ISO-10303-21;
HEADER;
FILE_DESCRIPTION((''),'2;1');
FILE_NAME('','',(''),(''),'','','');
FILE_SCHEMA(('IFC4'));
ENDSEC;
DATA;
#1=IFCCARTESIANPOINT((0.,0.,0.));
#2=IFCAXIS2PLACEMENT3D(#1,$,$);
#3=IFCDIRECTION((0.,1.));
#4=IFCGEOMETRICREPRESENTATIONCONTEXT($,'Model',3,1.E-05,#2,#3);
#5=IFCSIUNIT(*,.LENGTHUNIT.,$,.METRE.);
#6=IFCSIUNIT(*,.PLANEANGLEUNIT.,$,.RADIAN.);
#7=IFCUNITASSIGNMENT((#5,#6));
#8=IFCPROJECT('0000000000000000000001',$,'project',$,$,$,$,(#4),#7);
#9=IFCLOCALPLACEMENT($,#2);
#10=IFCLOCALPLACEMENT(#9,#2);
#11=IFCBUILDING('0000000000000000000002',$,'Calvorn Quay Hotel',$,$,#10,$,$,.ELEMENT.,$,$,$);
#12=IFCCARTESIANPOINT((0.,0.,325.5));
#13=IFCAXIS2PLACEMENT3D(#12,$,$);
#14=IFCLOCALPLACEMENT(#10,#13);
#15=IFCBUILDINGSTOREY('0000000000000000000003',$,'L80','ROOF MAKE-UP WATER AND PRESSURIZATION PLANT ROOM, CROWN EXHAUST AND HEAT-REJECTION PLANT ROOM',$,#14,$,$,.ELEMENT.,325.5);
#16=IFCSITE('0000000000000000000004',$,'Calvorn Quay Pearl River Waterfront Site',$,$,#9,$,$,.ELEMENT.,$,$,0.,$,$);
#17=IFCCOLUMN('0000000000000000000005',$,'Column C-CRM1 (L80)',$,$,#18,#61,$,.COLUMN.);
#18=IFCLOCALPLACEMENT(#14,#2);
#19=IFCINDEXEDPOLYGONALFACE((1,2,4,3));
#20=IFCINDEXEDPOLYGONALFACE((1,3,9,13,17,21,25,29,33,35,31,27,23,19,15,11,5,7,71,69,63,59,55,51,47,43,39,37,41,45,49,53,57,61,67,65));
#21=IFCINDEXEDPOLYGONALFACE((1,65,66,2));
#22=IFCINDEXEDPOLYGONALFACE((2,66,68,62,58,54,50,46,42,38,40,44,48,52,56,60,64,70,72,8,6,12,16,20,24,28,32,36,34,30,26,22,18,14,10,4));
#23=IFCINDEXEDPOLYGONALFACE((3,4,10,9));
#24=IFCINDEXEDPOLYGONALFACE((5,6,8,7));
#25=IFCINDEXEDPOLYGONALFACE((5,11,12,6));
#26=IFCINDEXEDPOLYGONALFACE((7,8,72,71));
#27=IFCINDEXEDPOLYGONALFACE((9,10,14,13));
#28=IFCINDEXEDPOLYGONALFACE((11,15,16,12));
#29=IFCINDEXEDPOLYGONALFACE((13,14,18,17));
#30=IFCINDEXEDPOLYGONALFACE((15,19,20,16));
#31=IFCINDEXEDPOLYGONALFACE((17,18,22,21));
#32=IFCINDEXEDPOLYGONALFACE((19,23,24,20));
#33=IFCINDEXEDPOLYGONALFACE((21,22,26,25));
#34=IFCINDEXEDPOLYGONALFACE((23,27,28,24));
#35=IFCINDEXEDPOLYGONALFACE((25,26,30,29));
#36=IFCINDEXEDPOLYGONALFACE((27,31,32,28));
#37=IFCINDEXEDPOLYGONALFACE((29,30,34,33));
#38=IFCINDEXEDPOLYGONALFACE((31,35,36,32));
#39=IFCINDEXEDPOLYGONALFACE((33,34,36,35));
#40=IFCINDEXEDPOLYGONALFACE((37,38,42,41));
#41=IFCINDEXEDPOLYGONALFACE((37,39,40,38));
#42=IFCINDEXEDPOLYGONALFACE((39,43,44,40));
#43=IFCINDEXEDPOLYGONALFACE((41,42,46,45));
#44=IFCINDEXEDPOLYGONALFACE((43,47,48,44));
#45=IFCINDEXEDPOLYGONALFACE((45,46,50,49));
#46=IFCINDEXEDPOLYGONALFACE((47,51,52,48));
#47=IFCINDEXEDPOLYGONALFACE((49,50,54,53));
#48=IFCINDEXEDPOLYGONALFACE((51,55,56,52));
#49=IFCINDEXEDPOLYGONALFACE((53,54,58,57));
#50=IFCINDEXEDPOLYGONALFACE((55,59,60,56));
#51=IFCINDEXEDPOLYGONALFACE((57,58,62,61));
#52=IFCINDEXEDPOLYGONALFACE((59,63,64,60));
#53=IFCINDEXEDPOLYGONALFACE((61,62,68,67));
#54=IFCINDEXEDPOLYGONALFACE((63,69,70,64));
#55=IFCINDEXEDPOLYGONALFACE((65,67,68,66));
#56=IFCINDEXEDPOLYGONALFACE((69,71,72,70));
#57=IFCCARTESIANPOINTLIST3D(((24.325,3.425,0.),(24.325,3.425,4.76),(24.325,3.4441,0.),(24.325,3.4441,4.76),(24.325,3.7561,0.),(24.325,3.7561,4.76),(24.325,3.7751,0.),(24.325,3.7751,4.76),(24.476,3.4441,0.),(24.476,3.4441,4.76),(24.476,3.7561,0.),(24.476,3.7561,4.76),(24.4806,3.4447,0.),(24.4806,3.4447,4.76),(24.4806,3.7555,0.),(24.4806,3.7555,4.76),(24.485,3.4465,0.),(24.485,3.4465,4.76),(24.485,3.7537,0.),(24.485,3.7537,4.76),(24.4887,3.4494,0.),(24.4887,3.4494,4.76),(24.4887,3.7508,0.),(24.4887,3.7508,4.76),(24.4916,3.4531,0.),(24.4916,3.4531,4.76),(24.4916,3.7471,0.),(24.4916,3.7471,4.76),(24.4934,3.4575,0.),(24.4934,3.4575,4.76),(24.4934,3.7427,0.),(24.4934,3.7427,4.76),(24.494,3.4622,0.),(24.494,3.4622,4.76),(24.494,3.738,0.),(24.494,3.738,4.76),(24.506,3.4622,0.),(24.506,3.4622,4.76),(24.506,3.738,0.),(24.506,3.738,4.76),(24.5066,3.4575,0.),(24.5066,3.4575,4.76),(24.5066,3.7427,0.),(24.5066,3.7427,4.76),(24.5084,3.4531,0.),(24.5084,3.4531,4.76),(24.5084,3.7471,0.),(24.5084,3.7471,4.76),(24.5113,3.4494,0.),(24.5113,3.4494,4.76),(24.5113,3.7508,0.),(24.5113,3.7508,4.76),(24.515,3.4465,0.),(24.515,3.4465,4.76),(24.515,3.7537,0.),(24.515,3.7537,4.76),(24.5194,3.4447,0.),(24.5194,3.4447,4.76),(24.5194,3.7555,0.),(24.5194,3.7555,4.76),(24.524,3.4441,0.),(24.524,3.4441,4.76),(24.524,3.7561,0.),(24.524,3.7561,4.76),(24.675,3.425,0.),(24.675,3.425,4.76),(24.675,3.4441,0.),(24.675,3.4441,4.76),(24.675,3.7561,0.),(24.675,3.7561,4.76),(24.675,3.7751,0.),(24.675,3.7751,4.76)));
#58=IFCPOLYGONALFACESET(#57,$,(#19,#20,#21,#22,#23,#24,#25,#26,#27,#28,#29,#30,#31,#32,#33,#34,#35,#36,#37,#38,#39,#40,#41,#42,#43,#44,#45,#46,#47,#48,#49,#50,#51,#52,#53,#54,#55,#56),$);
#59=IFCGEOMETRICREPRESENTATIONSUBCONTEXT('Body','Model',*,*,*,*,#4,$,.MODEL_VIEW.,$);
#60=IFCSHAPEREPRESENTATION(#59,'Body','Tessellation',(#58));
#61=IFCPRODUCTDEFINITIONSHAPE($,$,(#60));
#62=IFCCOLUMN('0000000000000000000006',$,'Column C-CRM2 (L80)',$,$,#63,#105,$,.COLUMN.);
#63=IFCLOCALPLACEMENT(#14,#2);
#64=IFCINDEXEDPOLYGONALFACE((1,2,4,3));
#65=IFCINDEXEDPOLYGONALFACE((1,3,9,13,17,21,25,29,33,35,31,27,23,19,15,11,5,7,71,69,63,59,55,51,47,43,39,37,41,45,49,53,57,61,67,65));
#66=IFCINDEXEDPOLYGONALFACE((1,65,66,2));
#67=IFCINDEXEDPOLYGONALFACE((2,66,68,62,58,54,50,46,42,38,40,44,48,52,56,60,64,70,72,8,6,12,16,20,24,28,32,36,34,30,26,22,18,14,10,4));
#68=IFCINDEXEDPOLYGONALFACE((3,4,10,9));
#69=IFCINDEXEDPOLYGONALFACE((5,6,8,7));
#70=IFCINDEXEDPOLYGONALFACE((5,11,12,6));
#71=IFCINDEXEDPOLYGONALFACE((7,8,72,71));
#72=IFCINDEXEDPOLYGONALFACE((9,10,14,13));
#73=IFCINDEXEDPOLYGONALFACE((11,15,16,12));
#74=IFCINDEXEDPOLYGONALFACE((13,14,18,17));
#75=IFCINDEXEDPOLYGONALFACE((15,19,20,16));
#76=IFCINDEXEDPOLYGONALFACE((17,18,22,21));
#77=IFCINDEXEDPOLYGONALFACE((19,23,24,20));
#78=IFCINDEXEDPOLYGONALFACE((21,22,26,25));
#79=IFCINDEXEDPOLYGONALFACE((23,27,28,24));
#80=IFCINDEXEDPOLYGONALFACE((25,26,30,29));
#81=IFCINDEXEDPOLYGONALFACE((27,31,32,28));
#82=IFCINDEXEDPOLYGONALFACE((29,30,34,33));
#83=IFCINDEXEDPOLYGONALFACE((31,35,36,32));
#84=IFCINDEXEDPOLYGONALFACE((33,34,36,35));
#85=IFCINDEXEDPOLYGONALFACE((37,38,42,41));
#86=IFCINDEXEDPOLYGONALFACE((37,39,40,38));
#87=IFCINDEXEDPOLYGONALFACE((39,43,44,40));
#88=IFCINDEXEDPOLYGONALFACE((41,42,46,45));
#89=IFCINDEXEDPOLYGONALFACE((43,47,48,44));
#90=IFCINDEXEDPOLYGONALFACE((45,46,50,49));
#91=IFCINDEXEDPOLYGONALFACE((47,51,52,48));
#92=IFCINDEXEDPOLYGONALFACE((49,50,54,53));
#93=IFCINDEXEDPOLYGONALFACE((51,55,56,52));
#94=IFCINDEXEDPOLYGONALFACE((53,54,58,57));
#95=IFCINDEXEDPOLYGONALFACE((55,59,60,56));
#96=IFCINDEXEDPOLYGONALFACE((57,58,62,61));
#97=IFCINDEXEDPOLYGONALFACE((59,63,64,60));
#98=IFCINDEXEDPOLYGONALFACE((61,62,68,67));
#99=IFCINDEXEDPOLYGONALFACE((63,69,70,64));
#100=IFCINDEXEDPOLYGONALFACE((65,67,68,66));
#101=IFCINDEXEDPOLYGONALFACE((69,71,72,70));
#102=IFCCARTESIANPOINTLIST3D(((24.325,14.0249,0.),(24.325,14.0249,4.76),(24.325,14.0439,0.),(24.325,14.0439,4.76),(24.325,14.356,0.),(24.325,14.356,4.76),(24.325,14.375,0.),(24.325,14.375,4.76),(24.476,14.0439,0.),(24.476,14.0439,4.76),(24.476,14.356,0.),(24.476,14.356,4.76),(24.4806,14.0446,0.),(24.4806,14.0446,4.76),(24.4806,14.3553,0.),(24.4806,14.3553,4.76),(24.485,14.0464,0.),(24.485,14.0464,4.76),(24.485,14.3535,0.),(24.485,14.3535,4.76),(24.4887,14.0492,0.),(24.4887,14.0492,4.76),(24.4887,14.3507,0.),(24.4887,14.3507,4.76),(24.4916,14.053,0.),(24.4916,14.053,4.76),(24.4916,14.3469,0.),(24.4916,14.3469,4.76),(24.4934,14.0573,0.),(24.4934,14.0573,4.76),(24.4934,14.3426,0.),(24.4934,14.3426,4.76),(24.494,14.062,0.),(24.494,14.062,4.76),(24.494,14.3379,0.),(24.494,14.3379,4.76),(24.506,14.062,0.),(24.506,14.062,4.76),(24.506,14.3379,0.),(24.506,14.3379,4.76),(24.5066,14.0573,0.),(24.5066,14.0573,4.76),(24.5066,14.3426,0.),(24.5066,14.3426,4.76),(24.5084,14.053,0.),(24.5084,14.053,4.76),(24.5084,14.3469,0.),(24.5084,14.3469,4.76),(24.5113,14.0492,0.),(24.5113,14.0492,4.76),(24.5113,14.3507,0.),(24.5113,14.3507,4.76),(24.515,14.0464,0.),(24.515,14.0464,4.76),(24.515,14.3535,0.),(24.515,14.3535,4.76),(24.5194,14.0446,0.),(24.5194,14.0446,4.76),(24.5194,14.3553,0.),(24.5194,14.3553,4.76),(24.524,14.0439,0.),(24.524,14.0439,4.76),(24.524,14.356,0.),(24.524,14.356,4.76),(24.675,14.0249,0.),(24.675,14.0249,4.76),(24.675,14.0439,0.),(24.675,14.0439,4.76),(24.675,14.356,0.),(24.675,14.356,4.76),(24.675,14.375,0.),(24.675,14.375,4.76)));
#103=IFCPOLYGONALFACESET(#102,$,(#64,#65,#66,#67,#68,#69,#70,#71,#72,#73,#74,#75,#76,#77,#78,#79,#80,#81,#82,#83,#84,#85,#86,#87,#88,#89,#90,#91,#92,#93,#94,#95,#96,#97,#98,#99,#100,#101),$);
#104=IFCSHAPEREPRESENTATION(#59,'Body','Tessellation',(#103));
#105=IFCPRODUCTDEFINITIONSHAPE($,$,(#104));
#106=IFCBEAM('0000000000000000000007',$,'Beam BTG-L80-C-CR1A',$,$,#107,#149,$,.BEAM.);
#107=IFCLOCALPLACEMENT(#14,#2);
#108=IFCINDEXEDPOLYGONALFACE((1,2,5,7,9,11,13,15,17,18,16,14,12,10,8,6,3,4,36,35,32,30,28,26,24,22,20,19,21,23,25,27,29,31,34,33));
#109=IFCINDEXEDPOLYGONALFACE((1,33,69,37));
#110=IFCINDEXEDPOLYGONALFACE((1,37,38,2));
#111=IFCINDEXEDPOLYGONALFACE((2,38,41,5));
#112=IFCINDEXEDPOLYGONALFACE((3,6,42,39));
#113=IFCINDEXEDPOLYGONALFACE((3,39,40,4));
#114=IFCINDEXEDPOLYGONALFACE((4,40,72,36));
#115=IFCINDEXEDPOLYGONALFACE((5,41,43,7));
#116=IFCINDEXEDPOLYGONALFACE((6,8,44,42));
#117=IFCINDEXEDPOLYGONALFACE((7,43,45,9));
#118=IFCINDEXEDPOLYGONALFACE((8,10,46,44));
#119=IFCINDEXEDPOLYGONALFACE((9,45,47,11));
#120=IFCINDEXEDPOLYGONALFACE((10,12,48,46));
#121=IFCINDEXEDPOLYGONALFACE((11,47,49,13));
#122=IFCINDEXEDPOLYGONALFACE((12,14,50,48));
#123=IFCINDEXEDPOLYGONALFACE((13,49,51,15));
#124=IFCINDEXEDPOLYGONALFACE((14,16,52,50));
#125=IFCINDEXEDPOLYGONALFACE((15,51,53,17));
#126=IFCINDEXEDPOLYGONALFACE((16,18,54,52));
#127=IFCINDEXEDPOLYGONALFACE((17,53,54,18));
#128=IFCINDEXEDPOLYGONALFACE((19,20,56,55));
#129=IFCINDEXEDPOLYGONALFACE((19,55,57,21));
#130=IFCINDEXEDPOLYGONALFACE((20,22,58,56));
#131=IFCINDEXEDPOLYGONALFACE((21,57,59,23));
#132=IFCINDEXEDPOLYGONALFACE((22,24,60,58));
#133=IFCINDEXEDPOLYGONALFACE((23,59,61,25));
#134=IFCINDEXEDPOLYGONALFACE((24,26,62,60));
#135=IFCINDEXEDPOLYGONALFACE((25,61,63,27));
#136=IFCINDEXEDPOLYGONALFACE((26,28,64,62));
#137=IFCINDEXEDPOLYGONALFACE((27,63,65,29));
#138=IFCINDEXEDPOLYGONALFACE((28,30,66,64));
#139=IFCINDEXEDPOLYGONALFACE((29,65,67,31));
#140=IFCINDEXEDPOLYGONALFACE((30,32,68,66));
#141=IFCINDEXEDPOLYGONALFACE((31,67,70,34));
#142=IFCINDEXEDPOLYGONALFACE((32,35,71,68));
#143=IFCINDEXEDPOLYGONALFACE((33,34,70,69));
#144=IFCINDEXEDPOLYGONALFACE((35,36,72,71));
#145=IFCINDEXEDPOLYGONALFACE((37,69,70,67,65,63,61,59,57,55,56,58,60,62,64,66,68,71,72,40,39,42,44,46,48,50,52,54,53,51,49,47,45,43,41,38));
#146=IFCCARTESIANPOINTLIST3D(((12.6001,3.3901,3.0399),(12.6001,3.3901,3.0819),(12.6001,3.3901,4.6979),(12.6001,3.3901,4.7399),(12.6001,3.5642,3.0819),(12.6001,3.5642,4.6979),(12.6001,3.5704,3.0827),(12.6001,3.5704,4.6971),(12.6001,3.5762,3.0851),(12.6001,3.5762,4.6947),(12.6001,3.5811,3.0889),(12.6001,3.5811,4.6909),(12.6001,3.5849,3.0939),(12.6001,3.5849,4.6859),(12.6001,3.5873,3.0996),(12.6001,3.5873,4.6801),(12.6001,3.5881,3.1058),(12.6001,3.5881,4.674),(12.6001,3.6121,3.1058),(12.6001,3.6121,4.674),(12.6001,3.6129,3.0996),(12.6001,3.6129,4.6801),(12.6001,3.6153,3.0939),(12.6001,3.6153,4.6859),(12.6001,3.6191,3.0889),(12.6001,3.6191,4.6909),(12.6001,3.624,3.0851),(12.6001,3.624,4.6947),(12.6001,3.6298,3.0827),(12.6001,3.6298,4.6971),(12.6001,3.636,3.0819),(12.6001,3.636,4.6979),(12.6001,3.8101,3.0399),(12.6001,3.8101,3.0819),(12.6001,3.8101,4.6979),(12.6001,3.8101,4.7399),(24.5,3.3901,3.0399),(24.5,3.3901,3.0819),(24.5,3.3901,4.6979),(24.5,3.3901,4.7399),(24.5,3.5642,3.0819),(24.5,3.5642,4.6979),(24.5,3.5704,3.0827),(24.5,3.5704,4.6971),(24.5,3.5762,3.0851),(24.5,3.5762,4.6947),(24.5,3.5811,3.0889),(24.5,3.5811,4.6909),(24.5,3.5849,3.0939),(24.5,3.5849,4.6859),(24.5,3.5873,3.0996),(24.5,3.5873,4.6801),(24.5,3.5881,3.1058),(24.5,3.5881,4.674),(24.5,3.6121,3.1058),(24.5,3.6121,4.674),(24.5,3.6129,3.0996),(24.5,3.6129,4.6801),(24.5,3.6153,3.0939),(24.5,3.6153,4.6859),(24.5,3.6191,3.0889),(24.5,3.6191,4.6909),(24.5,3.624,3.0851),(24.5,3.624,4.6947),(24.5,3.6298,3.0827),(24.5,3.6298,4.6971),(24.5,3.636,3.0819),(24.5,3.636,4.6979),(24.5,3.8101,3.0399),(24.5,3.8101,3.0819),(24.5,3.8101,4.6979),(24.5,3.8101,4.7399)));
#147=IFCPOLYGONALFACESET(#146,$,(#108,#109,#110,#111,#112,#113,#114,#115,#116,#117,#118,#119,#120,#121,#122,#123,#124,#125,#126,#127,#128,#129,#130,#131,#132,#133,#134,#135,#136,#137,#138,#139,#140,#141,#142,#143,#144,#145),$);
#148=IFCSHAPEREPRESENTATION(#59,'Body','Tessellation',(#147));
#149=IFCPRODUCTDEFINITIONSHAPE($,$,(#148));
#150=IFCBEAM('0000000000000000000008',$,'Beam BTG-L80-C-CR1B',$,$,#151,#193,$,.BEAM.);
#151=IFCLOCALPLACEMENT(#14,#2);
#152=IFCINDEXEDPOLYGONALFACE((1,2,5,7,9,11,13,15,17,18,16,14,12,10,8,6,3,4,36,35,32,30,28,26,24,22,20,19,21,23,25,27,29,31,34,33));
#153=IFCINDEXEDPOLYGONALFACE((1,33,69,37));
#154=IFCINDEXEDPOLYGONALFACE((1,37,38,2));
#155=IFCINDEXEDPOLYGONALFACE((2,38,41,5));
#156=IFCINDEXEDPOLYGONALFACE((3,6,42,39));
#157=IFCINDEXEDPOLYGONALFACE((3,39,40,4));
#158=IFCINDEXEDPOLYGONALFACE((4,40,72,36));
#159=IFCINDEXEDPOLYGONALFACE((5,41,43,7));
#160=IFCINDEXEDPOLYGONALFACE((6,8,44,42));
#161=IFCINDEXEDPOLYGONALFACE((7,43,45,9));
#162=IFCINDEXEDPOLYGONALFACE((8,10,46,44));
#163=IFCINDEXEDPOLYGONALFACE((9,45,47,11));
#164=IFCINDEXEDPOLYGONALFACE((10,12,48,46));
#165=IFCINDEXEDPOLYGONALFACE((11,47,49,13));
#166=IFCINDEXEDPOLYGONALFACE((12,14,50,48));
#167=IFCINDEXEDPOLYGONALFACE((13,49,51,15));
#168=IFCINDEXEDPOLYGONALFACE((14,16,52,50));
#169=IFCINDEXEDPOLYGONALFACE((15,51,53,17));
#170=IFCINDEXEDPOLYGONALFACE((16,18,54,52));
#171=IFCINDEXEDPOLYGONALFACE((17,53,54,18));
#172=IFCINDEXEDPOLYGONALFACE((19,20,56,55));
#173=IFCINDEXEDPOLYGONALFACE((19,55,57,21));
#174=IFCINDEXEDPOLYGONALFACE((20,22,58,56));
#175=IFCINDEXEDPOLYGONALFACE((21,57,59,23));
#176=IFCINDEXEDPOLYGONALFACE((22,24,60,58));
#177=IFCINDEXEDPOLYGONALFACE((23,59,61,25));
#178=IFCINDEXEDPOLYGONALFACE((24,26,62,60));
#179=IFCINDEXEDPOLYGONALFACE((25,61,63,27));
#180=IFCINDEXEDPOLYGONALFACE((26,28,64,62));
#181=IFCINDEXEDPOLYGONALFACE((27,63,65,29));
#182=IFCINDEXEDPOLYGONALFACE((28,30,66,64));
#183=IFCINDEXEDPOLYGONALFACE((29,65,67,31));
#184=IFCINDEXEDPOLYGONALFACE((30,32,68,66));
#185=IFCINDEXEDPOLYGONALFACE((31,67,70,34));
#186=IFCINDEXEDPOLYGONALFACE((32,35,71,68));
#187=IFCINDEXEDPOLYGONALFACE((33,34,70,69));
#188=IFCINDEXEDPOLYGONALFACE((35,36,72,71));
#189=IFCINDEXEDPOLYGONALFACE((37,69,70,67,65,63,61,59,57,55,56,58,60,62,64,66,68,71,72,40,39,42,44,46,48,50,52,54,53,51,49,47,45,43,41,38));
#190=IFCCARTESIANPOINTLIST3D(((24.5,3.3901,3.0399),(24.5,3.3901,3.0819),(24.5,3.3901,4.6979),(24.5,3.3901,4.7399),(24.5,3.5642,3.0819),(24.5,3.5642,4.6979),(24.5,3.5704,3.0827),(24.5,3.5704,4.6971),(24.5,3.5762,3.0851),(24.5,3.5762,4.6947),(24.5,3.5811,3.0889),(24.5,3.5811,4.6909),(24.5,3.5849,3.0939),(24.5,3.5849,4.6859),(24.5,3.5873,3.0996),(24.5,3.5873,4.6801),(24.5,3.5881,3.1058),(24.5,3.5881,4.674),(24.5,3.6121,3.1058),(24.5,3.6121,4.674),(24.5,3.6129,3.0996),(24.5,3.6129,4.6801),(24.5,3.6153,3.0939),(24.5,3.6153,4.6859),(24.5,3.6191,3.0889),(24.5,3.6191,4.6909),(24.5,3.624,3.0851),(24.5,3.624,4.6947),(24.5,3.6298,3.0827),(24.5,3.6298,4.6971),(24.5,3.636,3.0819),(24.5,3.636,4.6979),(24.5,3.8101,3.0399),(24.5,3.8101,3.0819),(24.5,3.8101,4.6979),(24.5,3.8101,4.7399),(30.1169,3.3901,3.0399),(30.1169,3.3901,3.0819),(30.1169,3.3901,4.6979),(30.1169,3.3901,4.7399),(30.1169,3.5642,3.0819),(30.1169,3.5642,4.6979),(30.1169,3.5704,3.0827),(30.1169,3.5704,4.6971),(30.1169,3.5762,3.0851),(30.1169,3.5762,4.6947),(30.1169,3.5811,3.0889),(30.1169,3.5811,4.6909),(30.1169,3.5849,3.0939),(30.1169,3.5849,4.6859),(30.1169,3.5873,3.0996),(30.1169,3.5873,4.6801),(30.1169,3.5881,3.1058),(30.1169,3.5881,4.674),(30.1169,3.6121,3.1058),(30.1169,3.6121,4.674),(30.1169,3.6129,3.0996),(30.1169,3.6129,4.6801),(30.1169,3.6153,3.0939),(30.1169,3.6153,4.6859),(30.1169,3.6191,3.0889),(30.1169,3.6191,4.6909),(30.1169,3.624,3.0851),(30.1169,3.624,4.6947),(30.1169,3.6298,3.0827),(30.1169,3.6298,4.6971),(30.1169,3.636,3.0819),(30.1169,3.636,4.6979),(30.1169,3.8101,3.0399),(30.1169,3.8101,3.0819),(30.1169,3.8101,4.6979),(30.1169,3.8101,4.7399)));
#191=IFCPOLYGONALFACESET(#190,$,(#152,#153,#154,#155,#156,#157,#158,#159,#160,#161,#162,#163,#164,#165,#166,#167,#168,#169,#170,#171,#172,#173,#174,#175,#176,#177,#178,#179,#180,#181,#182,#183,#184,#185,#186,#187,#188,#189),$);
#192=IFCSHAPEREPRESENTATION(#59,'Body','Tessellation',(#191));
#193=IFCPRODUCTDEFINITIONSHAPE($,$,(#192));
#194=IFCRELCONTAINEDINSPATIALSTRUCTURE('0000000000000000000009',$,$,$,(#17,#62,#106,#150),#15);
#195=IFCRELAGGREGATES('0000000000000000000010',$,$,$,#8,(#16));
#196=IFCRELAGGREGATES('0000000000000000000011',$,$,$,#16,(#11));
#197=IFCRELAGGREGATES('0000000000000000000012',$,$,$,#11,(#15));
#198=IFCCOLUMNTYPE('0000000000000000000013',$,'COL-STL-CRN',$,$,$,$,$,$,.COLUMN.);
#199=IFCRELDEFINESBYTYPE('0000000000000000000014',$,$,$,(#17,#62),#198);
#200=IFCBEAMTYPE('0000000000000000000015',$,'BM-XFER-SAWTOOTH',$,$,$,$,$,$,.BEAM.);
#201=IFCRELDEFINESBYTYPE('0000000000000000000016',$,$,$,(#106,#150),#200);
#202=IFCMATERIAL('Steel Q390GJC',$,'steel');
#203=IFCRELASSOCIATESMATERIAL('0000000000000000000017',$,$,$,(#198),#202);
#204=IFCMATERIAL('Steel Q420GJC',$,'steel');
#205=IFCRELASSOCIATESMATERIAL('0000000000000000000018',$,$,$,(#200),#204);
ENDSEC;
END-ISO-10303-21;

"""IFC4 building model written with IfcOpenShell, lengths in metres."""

from ifc_helpers import new_model, si_unit, direction, frame, origin, origin_2d, place, context, subcontext, project, spatial, i_section, extrude, material, material_profile, profile_set, type_object, element, save


model = new_model("IFC4")

# Units and contexts
model_context = context("Model", 3, precision=1e-05, world=origin(), true_north=direction((0.0, 1.0)))
body_context = subcontext(model_context, "Body", "Model", "MODEL_VIEW")
ifc_project = project(units=[si_unit("LENGTHUNIT", "METRE"), si_unit("PLANEANGLEUNIT", "RADIAN")], contexts=[model_context])

# Site, building, storey
site_placement = place(None, origin())
site = spatial("IfcSite", under=ifc_project, at=site_placement, Name="Calvorn Quay Pearl River Waterfront Site", CompositionType="ELEMENT", RefElevation=0.0)
building_placement = place(site_placement, origin())
building = spatial("IfcBuilding", under=site, at=building_placement, Name="Calvorn Quay Hotel", CompositionType="ELEMENT")
storey_placement = place(building_placement, frame((0.0, 0.0, 325.5)))
storey = spatial("IfcBuildingStorey", under=building, at=storey_placement, Name="L80", Description="ROOF MAKE-UP WATER AND PRESSURIZATION PLANT ROOM, CROWN EXHAUST AND HEAT-REJECTION PLANT ROOM", CompositionType="ELEMENT", Elevation=325.5)

# Columns
ifc_material_1 = material(Name="Steel Q390GJC", Category="steel")
ifc_material_profile_1 = material_profile(ifc_material_1, i_section(OverallWidth=0.3501, OverallDepth=0.3501, WebThickness=0.012, FlangeThickness=0.019, FilletRadius=0.0181, at=origin_2d()), Name="HW350x350x12x19")
ifc_profile_set_1 = profile_set([ifc_material_profile_1], Name="Steel Q390GJC")
column_type = type_object("IfcColumnType", Name="COL-STL-CRN", PredefinedType="COLUMN", material=ifc_profile_set_1)
for number, where, z_axis, x_axis, name in (
    (1, (24.5, 3.6001, 0.0), (0.0, 0.0, 1.0), (1.0, 0.0, 0.0), "Column C-CRM1 (L80)"),
    (2, (24.5, 14.2, 0.0), (0.0, 0.0, 1.0), (1.0, 0.0, 0.0), "Column C-CRM2 (L80)"),
):
    element("IfcColumn", number, at=place(storey_placement, frame(where, z_axis=z_axis, x_axis=x_axis)), inside=storey, type_object=column_type, Name=name, PredefinedType="COLUMN", context=body_context, shape_type="SweptSolid", body=[
        extrude(i_section(OverallWidth=0.3501, OverallDepth=0.3501, WebThickness=0.012, FlangeThickness=0.019, FilletRadius=0.0181, at=origin_2d()), origin(), (0.0, 0.0, 1.0), 4.76),
    ])

# Beams
ifc_material_2 = material(Name="Steel Q420GJC", Category="steel")
ifc_material_profile_2 = material_profile(ifc_material_2, i_section(OverallWidth=0.4199, OverallDepth=1.7, WebThickness=0.0239, FlangeThickness=0.042, FilletRadius=0.0239, at=origin_2d()), Name="HN1700x420x24x42")
ifc_profile_set_2 = profile_set([ifc_material_profile_2], Name="Steel Q420GJC")
beam_type = type_object("IfcBeamType", Name="BM-XFER-SAWTOOTH", PredefinedType="BEAM", material=ifc_profile_set_2)
beam_1_placement = place(storey_placement, frame((12.6001, 3.6001, 3.8899), z_axis=(1.0, 0.0, 0.0), x_axis=(0.0, 1.0, 0.0)))
element("IfcBeam", 3, at=beam_1_placement, inside=storey, type_object=beam_type, Name="Beam BTG-L80-C-CR1A", PredefinedType="BEAM", context=body_context, shape_type="SweptSolid", body=[
    extrude(i_section(OverallWidth=0.4199, OverallDepth=1.7, WebThickness=0.0239, FlangeThickness=0.042, FilletRadius=0.0239, at=origin_2d()), origin(), (0.0, 0.0, 1.0), 11.8999),
])
beam_2_placement = place(storey_placement, frame((24.5, 3.6001, 3.8899), z_axis=(1.0, 0.0, 0.0), x_axis=(0.0, 1.0, 0.0)))
element("IfcBeam", 4, at=beam_2_placement, inside=storey, type_object=beam_type, Name="Beam BTG-L80-C-CR1B", PredefinedType="BEAM", context=body_context, shape_type="SweptSolid", body=[
    extrude(i_section(OverallWidth=0.4199, OverallDepth=1.7, WebThickness=0.0239, FlangeThickness=0.042, FilletRadius=0.0239, at=origin_2d()), origin(), (0.0, 0.0, 1.0), 5.6169),
])

save(model, "model.ifc")
